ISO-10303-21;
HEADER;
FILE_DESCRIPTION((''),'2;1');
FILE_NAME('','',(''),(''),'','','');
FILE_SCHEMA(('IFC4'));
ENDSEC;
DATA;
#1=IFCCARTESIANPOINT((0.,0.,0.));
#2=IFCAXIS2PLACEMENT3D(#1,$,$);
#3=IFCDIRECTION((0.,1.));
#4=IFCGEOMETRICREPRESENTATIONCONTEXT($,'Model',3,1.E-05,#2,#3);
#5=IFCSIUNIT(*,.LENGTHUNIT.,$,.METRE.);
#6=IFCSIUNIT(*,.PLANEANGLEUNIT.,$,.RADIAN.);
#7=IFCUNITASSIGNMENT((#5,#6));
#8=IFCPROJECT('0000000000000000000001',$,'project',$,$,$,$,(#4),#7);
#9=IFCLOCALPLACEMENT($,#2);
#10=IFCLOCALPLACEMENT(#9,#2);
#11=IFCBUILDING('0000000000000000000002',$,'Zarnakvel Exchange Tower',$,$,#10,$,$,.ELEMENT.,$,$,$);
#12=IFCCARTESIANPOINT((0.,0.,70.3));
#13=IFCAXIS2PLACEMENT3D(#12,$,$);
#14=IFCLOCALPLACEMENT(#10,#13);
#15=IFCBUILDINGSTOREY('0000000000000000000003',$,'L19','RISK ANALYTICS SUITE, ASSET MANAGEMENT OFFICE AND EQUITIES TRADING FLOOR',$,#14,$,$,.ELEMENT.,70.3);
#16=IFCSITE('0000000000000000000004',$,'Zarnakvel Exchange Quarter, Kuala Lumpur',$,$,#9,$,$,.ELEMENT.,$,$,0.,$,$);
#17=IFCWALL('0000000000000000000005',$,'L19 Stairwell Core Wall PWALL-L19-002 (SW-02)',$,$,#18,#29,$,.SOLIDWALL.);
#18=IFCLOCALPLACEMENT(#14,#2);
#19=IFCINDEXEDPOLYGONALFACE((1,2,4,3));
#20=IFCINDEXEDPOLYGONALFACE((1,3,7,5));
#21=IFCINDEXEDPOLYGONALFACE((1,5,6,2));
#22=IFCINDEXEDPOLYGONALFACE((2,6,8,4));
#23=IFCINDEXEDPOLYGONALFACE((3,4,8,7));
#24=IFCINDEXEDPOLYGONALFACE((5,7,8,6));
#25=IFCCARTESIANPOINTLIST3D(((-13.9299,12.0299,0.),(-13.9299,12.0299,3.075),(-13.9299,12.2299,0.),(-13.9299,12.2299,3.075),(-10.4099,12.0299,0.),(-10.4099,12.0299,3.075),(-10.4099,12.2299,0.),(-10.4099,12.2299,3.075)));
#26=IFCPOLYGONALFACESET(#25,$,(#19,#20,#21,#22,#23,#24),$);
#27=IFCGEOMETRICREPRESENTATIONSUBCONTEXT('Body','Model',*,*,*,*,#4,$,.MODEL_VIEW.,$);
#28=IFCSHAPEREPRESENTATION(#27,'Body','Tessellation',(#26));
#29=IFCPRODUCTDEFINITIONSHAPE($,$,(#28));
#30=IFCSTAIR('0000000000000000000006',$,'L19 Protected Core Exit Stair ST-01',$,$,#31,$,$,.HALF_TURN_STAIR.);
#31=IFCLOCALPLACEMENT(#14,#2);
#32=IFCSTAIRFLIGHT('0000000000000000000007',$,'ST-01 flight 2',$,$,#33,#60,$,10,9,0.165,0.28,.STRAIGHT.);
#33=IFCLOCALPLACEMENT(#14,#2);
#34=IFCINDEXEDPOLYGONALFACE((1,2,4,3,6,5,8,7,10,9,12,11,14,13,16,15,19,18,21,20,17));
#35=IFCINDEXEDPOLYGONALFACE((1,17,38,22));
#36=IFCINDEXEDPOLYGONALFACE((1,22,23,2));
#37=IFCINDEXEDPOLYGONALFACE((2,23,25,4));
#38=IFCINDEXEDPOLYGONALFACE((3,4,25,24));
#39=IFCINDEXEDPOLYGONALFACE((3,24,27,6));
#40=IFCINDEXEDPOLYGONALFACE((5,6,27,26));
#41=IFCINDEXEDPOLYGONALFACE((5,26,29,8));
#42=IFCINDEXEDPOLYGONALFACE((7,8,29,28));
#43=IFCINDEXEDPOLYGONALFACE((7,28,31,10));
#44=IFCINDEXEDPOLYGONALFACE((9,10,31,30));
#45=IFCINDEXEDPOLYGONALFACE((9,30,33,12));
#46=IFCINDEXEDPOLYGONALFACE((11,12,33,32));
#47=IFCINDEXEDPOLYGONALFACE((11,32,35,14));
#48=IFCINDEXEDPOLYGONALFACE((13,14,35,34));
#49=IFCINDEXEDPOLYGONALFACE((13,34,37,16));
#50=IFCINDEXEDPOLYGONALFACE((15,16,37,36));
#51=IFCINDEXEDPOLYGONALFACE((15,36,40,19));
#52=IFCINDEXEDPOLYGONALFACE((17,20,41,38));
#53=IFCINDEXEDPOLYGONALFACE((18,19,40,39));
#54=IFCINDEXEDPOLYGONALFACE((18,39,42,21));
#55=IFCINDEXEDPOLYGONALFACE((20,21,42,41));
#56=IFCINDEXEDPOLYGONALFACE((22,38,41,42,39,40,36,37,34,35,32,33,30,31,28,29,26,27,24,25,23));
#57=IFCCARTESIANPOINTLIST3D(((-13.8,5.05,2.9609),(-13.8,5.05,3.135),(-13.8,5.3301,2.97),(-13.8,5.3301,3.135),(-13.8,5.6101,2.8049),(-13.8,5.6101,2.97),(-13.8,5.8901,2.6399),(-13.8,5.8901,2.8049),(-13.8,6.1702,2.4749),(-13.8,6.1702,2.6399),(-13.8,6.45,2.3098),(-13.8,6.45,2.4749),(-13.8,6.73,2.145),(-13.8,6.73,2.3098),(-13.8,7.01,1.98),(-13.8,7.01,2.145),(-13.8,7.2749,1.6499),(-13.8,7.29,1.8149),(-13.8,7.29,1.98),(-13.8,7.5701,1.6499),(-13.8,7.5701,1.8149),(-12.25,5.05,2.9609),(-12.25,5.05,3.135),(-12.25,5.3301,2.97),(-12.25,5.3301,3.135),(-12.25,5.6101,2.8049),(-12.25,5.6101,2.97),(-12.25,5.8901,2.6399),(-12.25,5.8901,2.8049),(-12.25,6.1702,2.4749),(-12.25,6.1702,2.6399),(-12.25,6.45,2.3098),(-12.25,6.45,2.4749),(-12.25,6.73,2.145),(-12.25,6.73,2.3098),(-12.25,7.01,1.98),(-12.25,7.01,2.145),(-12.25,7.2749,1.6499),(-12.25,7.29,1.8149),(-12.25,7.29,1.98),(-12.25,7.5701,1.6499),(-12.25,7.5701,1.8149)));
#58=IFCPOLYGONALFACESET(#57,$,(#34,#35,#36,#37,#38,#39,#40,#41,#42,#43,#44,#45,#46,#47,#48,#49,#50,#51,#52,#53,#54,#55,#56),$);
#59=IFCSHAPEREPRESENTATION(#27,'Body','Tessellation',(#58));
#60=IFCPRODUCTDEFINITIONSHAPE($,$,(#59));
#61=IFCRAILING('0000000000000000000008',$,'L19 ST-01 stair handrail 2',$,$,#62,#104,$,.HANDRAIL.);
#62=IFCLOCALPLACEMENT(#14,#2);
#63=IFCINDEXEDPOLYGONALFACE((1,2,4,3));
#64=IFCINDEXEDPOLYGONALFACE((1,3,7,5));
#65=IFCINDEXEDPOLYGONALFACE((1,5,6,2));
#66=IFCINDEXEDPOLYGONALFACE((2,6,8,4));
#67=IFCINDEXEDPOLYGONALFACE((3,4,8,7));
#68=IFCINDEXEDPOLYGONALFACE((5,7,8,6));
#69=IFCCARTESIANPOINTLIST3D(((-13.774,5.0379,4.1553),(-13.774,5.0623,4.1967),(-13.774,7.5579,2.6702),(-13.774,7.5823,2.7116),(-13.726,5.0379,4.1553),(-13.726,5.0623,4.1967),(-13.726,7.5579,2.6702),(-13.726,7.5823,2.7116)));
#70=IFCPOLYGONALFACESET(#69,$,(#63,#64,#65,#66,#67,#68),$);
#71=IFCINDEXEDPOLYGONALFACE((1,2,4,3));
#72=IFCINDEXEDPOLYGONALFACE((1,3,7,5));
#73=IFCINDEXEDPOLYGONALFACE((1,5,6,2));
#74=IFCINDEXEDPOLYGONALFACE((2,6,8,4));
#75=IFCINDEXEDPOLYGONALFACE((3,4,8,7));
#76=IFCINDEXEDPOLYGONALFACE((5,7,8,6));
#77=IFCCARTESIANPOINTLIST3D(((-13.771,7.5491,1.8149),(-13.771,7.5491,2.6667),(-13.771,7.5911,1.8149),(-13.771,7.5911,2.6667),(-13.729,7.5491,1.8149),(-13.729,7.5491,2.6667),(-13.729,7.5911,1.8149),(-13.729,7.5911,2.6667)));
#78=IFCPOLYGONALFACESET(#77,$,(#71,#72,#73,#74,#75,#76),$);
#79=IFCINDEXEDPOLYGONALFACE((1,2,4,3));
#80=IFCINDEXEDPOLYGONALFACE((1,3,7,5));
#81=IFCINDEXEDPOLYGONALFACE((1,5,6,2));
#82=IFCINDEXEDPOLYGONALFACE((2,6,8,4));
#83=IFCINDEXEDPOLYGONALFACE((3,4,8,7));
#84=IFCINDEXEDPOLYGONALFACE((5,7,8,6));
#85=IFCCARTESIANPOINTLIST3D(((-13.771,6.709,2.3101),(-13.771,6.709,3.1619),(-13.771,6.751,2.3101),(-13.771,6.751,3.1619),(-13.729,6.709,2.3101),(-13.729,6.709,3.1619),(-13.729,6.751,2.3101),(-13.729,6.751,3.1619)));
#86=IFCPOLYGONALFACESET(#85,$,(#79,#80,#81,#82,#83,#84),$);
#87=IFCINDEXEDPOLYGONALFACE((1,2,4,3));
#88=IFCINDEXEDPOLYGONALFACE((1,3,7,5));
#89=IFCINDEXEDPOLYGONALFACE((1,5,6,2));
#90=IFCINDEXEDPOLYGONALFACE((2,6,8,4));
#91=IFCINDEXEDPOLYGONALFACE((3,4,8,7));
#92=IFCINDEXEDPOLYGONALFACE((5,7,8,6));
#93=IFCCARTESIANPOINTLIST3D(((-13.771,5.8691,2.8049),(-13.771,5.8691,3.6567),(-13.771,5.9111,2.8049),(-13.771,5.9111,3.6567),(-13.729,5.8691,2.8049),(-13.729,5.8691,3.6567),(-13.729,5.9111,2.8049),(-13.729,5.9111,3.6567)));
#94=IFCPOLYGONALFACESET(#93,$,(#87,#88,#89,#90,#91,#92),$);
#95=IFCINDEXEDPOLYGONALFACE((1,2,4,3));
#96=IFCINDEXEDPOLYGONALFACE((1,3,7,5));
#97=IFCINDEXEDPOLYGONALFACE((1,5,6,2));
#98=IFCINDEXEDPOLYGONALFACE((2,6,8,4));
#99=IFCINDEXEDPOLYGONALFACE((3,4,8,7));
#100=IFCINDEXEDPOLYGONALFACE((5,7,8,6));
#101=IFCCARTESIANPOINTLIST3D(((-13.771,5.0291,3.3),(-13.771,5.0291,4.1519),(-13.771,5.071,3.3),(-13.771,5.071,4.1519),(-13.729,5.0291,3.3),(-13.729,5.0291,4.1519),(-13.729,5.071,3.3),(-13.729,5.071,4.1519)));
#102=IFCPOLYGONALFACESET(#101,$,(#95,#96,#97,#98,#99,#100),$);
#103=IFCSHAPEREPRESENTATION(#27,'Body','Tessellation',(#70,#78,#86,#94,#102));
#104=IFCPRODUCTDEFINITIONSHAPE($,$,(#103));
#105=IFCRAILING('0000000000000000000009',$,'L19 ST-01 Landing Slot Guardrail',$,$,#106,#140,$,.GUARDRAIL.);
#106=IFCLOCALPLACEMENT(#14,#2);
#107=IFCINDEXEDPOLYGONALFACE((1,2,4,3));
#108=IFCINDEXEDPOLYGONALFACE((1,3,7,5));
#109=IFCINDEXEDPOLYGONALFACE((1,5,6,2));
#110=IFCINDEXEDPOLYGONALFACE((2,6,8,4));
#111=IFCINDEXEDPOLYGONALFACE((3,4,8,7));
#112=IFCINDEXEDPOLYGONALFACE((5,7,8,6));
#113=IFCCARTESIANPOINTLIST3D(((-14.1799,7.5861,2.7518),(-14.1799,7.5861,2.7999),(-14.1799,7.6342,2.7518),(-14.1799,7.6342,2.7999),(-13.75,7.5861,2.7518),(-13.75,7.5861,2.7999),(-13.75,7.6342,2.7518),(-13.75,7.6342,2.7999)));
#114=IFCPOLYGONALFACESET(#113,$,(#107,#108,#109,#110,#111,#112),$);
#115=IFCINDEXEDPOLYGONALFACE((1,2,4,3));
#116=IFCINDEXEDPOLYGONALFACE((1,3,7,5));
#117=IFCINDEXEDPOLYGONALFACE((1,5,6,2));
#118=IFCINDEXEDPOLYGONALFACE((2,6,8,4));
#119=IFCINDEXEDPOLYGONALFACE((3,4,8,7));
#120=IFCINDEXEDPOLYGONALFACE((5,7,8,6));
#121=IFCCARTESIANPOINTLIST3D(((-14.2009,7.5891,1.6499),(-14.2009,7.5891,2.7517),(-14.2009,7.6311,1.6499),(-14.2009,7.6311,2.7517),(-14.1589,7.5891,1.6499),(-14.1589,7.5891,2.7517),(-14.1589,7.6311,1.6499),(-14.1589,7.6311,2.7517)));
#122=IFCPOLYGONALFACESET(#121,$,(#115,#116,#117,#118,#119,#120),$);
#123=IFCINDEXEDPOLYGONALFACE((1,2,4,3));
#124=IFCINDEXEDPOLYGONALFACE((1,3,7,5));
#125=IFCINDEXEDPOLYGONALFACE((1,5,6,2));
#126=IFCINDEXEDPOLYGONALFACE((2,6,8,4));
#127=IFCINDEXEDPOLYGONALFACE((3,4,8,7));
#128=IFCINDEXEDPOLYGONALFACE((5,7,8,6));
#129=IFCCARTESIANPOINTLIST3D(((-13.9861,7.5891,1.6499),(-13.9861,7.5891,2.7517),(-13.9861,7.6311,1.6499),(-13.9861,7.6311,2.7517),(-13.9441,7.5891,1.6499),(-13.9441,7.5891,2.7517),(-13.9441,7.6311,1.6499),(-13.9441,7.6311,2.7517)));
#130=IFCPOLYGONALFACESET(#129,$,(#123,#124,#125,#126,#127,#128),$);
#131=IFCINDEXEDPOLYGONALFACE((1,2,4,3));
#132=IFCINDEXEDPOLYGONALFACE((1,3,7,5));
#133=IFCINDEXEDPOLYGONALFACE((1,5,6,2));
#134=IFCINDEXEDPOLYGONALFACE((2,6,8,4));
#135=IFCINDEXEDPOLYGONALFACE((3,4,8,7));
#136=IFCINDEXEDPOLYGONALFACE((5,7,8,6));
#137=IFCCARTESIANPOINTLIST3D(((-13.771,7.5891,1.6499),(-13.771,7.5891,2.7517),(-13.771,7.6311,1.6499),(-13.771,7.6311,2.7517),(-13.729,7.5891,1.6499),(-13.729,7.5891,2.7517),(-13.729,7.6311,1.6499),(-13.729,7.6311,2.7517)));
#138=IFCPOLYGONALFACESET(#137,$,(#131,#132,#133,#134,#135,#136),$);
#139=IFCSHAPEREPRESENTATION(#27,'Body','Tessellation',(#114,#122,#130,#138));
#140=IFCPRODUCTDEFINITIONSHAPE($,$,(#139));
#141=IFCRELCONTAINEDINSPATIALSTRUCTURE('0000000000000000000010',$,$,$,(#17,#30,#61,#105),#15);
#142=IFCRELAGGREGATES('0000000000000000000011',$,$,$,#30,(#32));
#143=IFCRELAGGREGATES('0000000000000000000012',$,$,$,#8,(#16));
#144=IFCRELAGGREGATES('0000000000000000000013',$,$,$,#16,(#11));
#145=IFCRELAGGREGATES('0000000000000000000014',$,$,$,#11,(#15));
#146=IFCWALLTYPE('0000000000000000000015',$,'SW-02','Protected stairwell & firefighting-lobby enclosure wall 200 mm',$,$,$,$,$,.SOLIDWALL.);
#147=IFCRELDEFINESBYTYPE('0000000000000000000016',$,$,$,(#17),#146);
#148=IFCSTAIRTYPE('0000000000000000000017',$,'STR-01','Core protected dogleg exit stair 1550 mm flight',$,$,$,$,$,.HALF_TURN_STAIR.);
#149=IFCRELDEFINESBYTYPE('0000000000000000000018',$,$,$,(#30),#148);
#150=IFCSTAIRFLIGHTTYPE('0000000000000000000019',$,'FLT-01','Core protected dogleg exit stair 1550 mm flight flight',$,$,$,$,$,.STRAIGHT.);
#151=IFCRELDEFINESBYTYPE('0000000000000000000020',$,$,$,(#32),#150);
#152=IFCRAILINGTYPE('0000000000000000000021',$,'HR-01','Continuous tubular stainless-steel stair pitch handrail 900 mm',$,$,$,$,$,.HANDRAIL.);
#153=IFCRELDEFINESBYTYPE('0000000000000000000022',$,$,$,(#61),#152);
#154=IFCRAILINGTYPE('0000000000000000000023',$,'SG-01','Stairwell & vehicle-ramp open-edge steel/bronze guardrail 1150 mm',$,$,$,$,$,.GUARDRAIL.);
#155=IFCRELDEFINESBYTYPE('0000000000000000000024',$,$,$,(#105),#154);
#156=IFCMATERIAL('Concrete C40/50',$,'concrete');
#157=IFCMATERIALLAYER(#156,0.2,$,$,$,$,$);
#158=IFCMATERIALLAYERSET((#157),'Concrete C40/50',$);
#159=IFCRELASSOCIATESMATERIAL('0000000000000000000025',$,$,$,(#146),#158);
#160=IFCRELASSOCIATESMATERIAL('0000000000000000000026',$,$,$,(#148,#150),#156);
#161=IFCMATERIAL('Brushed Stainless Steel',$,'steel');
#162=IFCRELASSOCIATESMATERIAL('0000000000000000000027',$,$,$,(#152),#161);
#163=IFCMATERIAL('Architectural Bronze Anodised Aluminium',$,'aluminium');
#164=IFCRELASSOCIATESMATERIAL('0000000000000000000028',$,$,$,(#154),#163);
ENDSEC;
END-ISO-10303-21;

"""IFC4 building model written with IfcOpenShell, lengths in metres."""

from ifc_helpers import new_model, si_unit, direction, frame, frame_2d, origin, origin_2d, place, context, subcontext, project, spatial, polyline, rectangle, outline, extrude, material, layer, layer_set, type_object, element, aggregate, save


model = new_model("IFC4")

# Units and contexts
model_context = context("Model", 3, precision=1e-05, world=origin(), true_north=direction((0.0, 1.0)))
body_context = subcontext(model_context, "Body", "Model", "MODEL_VIEW")
ifc_project = project(units=[si_unit("LENGTHUNIT", "METRE"), si_unit("PLANEANGLEUNIT", "RADIAN")], contexts=[model_context])

# Site, building, storey
site_placement = place(None, origin())
site = spatial("IfcSite", under=ifc_project, at=site_placement, Name="Zarnakvel Exchange Quarter, Kuala Lumpur", CompositionType="ELEMENT", RefElevation=0.0)
building_placement = place(site_placement, origin())
building = spatial("IfcBuilding", under=site, at=building_placement, Name="Zarnakvel Exchange Tower", CompositionType="ELEMENT")
storey_placement = place(building_placement, frame((0.0, 0.0, 70.3)))
storey = spatial("IfcBuildingStorey", under=building, at=storey_placement, Name="L19", Description="RISK ANALYTICS SUITE, ASSET MANAGEMENT OFFICE AND EQUITIES TRADING FLOOR", CompositionType="ELEMENT", Elevation=70.3)

# Shared definitions
ifc_material_1 = material(Name="Architectural Bronze Anodised Aluminium", Category="aluminium")

# Wall
ifc_material_2 = material(Name="Concrete C40/50", Category="concrete")
ifc_layer_1 = layer(ifc_material_2, 0.2)
ifc_layer_set_1 = layer_set([ifc_layer_1], Name="Concrete C40/50")
wall_type_1 = type_object("IfcWallType", Name="SW-02", Description="Protected stairwell & firefighting-lobby enclosure wall 200 mm", PredefinedType="SOLIDWALL", material=ifc_layer_set_1)
wall_1_placement = place(storey_placement, frame((-13.9299, 12.1299, 0.0), z_axis=(0.0, 0.0, 1.0), x_axis=(1.0, 0.0, 0.0)))
element("IfcWall", 1, at=wall_1_placement, inside=storey, type_object=wall_type_1, Name="L19 Stairwell Core Wall PWALL-L19-002 (SW-02)", PredefinedType="SOLIDWALL", context=body_context, shape_type="SweptSolid", body=[
    extrude(rectangle(XDim=3.52, YDim=0.2, at=frame_2d((1.76, 0.0))), origin(), (0.0, 0.0, 1.0), 3.075),
])

# Stair, stair flight
stair_type = type_object("IfcStairType", Name="STR-01", Description="Core protected dogleg exit stair 1550 mm flight", PredefinedType="HALF_TURN_STAIR", material=ifc_material_2)
stair_placement = place(storey_placement, origin())
stair = element("IfcStair", 2, at=stair_placement, inside=storey, type_object=stair_type, Name="L19 Protected Core Exit Stair ST-01", PredefinedType="HALF_TURN_STAIR")
stair_flight_type = type_object("IfcStairFlightType", Name="FLT-01", Description="Core protected dogleg exit stair 1550 mm flight flight", PredefinedType="STRAIGHT", material=ifc_material_2)
stair_flight_placement = place(storey_placement, frame((-13.0249, 7.5701, 1.6499), z_axis=(0.0, 0.0, 1.0), x_axis=(0.0, -1.0, 0.0)))
stair_flight = element("IfcStairFlight", 3, at=stair_flight_placement, type_object=stair_flight_type, Name="ST-01 flight 2", NumberOfRisers=10, NumberOfTreads=9, PredefinedType="STRAIGHT", RiserHeight=0.165, TreadLength=0.28, context=body_context, shape_type="SweptSolid", body=[
    extrude(outline(polyline([(0.0, 0.0), (0.0, 0.165), (0.28, 0.165), (0.28, 0.3301), (0.5601, 0.3301), (0.5601, 0.4951), (0.8401, 0.4951), (0.8401, 0.6599), (1.1201, 0.6599), (1.1201, 0.825), (1.3999, 0.825), (1.3999, 0.99), (1.6799, 0.99), (1.6799, 1.155), (1.96, 1.155), (1.96, 1.3201), (2.24, 1.3201), (2.24, 1.4851), (2.52, 1.4851), (2.52, 1.6499), (2.52, 1.311), (0.2952, 0.0), (0.0, 0.0)])), frame((0.0, 0.7749, 0.0), z_axis=(0.0, -1.0, 0.0), x_axis=(1.0, 0.0, 0.0)), (0.0, 0.0, 1.0), 1.55),
])
aggregate(stair, [stair_flight])

# Railings
ifc_material_3 = material(Name="Brushed Stainless Steel", Category="steel")
railing_type_1 = type_object("IfcRailingType", Name="HR-01", Description="Continuous tubular stainless-steel stair pitch handrail 900 mm", PredefinedType="HANDRAIL", material=ifc_material_3)
railing_1_placement = place(storey_placement, frame((-13.75, 7.5701, 1.8149)))
element("IfcRailing", 4, at=railing_1_placement, inside=storey, type_object=railing_type_1, Name="L19 ST-01 stair handrail 2", PredefinedType="HANDRAIL", context=body_context, shape_type="SweptSolid", body=[
    extrude(rectangle(XDim=0.0481, YDim=0.0481, at=origin_2d()), frame((0.0, 0.0, 0.876), z_axis=(0.0, -0.861524, 0.507717), x_axis=(1.0, 0.0, 0.0)), (0.0, 0.0, 1.0), 2.925),
    extrude(rectangle(XDim=0.042, YDim=0.042, at=origin_2d()), origin(), (0.0, 0.0, 1.0), 0.8518),
    extrude(rectangle(XDim=0.042, YDim=0.042, at=origin_2d()), frame((0.0, -0.8401, 0.4951)), (0.0, 0.0, 1.0), 0.8518),
    extrude(rectangle(XDim=0.042, YDim=0.042, at=origin_2d()), frame((0.0, -1.6799, 0.99)), (0.0, 0.0, 1.0), 0.8518),
    extrude(rectangle(XDim=0.042, YDim=0.042, at=origin_2d()), frame((0.0, -2.52, 1.4851)), (0.0, 0.0, 1.0), 0.8518),
])
railing_type_2 = type_object("IfcRailingType", Name="SG-01", Description="Stairwell & vehicle-ramp open-edge steel/bronze guardrail 1150 mm", PredefinedType="GUARDRAIL", material=ifc_material_1)
railing_2_placement = place(storey_placement, frame((-14.1799, 7.6101, 1.6499)))
element("IfcRailing", 5, at=railing_2_placement, inside=storey, type_object=railing_type_2, Name="L19 ST-01 Landing Slot Guardrail", PredefinedType="GUARDRAIL", context=body_context, shape_type="SweptSolid", body=[
    extrude(rectangle(XDim=0.0481, YDim=0.0481, at=origin_2d()), frame((0.0, 0.0, 1.126), z_axis=(1.0, 0.0, 0.0), x_axis=(0.0, 1.0, 0.0)), (0.0, 0.0, 1.0), 0.4299),
    extrude(rectangle(XDim=0.042, YDim=0.042, at=origin_2d()), origin(), (0.0, 0.0, 1.0), 1.1018),
    extrude(rectangle(XDim=0.042, YDim=0.042, at=origin_2d()), frame((0.2148, 0.0, 0.0)), (0.0, 0.0, 1.0), 1.1018),
    extrude(rectangle(XDim=0.042, YDim=0.042, at=origin_2d()), frame((0.4299, 0.0, 0.0)), (0.0, 0.0, 1.0), 1.1018),
])

save(model, "model.ifc")
